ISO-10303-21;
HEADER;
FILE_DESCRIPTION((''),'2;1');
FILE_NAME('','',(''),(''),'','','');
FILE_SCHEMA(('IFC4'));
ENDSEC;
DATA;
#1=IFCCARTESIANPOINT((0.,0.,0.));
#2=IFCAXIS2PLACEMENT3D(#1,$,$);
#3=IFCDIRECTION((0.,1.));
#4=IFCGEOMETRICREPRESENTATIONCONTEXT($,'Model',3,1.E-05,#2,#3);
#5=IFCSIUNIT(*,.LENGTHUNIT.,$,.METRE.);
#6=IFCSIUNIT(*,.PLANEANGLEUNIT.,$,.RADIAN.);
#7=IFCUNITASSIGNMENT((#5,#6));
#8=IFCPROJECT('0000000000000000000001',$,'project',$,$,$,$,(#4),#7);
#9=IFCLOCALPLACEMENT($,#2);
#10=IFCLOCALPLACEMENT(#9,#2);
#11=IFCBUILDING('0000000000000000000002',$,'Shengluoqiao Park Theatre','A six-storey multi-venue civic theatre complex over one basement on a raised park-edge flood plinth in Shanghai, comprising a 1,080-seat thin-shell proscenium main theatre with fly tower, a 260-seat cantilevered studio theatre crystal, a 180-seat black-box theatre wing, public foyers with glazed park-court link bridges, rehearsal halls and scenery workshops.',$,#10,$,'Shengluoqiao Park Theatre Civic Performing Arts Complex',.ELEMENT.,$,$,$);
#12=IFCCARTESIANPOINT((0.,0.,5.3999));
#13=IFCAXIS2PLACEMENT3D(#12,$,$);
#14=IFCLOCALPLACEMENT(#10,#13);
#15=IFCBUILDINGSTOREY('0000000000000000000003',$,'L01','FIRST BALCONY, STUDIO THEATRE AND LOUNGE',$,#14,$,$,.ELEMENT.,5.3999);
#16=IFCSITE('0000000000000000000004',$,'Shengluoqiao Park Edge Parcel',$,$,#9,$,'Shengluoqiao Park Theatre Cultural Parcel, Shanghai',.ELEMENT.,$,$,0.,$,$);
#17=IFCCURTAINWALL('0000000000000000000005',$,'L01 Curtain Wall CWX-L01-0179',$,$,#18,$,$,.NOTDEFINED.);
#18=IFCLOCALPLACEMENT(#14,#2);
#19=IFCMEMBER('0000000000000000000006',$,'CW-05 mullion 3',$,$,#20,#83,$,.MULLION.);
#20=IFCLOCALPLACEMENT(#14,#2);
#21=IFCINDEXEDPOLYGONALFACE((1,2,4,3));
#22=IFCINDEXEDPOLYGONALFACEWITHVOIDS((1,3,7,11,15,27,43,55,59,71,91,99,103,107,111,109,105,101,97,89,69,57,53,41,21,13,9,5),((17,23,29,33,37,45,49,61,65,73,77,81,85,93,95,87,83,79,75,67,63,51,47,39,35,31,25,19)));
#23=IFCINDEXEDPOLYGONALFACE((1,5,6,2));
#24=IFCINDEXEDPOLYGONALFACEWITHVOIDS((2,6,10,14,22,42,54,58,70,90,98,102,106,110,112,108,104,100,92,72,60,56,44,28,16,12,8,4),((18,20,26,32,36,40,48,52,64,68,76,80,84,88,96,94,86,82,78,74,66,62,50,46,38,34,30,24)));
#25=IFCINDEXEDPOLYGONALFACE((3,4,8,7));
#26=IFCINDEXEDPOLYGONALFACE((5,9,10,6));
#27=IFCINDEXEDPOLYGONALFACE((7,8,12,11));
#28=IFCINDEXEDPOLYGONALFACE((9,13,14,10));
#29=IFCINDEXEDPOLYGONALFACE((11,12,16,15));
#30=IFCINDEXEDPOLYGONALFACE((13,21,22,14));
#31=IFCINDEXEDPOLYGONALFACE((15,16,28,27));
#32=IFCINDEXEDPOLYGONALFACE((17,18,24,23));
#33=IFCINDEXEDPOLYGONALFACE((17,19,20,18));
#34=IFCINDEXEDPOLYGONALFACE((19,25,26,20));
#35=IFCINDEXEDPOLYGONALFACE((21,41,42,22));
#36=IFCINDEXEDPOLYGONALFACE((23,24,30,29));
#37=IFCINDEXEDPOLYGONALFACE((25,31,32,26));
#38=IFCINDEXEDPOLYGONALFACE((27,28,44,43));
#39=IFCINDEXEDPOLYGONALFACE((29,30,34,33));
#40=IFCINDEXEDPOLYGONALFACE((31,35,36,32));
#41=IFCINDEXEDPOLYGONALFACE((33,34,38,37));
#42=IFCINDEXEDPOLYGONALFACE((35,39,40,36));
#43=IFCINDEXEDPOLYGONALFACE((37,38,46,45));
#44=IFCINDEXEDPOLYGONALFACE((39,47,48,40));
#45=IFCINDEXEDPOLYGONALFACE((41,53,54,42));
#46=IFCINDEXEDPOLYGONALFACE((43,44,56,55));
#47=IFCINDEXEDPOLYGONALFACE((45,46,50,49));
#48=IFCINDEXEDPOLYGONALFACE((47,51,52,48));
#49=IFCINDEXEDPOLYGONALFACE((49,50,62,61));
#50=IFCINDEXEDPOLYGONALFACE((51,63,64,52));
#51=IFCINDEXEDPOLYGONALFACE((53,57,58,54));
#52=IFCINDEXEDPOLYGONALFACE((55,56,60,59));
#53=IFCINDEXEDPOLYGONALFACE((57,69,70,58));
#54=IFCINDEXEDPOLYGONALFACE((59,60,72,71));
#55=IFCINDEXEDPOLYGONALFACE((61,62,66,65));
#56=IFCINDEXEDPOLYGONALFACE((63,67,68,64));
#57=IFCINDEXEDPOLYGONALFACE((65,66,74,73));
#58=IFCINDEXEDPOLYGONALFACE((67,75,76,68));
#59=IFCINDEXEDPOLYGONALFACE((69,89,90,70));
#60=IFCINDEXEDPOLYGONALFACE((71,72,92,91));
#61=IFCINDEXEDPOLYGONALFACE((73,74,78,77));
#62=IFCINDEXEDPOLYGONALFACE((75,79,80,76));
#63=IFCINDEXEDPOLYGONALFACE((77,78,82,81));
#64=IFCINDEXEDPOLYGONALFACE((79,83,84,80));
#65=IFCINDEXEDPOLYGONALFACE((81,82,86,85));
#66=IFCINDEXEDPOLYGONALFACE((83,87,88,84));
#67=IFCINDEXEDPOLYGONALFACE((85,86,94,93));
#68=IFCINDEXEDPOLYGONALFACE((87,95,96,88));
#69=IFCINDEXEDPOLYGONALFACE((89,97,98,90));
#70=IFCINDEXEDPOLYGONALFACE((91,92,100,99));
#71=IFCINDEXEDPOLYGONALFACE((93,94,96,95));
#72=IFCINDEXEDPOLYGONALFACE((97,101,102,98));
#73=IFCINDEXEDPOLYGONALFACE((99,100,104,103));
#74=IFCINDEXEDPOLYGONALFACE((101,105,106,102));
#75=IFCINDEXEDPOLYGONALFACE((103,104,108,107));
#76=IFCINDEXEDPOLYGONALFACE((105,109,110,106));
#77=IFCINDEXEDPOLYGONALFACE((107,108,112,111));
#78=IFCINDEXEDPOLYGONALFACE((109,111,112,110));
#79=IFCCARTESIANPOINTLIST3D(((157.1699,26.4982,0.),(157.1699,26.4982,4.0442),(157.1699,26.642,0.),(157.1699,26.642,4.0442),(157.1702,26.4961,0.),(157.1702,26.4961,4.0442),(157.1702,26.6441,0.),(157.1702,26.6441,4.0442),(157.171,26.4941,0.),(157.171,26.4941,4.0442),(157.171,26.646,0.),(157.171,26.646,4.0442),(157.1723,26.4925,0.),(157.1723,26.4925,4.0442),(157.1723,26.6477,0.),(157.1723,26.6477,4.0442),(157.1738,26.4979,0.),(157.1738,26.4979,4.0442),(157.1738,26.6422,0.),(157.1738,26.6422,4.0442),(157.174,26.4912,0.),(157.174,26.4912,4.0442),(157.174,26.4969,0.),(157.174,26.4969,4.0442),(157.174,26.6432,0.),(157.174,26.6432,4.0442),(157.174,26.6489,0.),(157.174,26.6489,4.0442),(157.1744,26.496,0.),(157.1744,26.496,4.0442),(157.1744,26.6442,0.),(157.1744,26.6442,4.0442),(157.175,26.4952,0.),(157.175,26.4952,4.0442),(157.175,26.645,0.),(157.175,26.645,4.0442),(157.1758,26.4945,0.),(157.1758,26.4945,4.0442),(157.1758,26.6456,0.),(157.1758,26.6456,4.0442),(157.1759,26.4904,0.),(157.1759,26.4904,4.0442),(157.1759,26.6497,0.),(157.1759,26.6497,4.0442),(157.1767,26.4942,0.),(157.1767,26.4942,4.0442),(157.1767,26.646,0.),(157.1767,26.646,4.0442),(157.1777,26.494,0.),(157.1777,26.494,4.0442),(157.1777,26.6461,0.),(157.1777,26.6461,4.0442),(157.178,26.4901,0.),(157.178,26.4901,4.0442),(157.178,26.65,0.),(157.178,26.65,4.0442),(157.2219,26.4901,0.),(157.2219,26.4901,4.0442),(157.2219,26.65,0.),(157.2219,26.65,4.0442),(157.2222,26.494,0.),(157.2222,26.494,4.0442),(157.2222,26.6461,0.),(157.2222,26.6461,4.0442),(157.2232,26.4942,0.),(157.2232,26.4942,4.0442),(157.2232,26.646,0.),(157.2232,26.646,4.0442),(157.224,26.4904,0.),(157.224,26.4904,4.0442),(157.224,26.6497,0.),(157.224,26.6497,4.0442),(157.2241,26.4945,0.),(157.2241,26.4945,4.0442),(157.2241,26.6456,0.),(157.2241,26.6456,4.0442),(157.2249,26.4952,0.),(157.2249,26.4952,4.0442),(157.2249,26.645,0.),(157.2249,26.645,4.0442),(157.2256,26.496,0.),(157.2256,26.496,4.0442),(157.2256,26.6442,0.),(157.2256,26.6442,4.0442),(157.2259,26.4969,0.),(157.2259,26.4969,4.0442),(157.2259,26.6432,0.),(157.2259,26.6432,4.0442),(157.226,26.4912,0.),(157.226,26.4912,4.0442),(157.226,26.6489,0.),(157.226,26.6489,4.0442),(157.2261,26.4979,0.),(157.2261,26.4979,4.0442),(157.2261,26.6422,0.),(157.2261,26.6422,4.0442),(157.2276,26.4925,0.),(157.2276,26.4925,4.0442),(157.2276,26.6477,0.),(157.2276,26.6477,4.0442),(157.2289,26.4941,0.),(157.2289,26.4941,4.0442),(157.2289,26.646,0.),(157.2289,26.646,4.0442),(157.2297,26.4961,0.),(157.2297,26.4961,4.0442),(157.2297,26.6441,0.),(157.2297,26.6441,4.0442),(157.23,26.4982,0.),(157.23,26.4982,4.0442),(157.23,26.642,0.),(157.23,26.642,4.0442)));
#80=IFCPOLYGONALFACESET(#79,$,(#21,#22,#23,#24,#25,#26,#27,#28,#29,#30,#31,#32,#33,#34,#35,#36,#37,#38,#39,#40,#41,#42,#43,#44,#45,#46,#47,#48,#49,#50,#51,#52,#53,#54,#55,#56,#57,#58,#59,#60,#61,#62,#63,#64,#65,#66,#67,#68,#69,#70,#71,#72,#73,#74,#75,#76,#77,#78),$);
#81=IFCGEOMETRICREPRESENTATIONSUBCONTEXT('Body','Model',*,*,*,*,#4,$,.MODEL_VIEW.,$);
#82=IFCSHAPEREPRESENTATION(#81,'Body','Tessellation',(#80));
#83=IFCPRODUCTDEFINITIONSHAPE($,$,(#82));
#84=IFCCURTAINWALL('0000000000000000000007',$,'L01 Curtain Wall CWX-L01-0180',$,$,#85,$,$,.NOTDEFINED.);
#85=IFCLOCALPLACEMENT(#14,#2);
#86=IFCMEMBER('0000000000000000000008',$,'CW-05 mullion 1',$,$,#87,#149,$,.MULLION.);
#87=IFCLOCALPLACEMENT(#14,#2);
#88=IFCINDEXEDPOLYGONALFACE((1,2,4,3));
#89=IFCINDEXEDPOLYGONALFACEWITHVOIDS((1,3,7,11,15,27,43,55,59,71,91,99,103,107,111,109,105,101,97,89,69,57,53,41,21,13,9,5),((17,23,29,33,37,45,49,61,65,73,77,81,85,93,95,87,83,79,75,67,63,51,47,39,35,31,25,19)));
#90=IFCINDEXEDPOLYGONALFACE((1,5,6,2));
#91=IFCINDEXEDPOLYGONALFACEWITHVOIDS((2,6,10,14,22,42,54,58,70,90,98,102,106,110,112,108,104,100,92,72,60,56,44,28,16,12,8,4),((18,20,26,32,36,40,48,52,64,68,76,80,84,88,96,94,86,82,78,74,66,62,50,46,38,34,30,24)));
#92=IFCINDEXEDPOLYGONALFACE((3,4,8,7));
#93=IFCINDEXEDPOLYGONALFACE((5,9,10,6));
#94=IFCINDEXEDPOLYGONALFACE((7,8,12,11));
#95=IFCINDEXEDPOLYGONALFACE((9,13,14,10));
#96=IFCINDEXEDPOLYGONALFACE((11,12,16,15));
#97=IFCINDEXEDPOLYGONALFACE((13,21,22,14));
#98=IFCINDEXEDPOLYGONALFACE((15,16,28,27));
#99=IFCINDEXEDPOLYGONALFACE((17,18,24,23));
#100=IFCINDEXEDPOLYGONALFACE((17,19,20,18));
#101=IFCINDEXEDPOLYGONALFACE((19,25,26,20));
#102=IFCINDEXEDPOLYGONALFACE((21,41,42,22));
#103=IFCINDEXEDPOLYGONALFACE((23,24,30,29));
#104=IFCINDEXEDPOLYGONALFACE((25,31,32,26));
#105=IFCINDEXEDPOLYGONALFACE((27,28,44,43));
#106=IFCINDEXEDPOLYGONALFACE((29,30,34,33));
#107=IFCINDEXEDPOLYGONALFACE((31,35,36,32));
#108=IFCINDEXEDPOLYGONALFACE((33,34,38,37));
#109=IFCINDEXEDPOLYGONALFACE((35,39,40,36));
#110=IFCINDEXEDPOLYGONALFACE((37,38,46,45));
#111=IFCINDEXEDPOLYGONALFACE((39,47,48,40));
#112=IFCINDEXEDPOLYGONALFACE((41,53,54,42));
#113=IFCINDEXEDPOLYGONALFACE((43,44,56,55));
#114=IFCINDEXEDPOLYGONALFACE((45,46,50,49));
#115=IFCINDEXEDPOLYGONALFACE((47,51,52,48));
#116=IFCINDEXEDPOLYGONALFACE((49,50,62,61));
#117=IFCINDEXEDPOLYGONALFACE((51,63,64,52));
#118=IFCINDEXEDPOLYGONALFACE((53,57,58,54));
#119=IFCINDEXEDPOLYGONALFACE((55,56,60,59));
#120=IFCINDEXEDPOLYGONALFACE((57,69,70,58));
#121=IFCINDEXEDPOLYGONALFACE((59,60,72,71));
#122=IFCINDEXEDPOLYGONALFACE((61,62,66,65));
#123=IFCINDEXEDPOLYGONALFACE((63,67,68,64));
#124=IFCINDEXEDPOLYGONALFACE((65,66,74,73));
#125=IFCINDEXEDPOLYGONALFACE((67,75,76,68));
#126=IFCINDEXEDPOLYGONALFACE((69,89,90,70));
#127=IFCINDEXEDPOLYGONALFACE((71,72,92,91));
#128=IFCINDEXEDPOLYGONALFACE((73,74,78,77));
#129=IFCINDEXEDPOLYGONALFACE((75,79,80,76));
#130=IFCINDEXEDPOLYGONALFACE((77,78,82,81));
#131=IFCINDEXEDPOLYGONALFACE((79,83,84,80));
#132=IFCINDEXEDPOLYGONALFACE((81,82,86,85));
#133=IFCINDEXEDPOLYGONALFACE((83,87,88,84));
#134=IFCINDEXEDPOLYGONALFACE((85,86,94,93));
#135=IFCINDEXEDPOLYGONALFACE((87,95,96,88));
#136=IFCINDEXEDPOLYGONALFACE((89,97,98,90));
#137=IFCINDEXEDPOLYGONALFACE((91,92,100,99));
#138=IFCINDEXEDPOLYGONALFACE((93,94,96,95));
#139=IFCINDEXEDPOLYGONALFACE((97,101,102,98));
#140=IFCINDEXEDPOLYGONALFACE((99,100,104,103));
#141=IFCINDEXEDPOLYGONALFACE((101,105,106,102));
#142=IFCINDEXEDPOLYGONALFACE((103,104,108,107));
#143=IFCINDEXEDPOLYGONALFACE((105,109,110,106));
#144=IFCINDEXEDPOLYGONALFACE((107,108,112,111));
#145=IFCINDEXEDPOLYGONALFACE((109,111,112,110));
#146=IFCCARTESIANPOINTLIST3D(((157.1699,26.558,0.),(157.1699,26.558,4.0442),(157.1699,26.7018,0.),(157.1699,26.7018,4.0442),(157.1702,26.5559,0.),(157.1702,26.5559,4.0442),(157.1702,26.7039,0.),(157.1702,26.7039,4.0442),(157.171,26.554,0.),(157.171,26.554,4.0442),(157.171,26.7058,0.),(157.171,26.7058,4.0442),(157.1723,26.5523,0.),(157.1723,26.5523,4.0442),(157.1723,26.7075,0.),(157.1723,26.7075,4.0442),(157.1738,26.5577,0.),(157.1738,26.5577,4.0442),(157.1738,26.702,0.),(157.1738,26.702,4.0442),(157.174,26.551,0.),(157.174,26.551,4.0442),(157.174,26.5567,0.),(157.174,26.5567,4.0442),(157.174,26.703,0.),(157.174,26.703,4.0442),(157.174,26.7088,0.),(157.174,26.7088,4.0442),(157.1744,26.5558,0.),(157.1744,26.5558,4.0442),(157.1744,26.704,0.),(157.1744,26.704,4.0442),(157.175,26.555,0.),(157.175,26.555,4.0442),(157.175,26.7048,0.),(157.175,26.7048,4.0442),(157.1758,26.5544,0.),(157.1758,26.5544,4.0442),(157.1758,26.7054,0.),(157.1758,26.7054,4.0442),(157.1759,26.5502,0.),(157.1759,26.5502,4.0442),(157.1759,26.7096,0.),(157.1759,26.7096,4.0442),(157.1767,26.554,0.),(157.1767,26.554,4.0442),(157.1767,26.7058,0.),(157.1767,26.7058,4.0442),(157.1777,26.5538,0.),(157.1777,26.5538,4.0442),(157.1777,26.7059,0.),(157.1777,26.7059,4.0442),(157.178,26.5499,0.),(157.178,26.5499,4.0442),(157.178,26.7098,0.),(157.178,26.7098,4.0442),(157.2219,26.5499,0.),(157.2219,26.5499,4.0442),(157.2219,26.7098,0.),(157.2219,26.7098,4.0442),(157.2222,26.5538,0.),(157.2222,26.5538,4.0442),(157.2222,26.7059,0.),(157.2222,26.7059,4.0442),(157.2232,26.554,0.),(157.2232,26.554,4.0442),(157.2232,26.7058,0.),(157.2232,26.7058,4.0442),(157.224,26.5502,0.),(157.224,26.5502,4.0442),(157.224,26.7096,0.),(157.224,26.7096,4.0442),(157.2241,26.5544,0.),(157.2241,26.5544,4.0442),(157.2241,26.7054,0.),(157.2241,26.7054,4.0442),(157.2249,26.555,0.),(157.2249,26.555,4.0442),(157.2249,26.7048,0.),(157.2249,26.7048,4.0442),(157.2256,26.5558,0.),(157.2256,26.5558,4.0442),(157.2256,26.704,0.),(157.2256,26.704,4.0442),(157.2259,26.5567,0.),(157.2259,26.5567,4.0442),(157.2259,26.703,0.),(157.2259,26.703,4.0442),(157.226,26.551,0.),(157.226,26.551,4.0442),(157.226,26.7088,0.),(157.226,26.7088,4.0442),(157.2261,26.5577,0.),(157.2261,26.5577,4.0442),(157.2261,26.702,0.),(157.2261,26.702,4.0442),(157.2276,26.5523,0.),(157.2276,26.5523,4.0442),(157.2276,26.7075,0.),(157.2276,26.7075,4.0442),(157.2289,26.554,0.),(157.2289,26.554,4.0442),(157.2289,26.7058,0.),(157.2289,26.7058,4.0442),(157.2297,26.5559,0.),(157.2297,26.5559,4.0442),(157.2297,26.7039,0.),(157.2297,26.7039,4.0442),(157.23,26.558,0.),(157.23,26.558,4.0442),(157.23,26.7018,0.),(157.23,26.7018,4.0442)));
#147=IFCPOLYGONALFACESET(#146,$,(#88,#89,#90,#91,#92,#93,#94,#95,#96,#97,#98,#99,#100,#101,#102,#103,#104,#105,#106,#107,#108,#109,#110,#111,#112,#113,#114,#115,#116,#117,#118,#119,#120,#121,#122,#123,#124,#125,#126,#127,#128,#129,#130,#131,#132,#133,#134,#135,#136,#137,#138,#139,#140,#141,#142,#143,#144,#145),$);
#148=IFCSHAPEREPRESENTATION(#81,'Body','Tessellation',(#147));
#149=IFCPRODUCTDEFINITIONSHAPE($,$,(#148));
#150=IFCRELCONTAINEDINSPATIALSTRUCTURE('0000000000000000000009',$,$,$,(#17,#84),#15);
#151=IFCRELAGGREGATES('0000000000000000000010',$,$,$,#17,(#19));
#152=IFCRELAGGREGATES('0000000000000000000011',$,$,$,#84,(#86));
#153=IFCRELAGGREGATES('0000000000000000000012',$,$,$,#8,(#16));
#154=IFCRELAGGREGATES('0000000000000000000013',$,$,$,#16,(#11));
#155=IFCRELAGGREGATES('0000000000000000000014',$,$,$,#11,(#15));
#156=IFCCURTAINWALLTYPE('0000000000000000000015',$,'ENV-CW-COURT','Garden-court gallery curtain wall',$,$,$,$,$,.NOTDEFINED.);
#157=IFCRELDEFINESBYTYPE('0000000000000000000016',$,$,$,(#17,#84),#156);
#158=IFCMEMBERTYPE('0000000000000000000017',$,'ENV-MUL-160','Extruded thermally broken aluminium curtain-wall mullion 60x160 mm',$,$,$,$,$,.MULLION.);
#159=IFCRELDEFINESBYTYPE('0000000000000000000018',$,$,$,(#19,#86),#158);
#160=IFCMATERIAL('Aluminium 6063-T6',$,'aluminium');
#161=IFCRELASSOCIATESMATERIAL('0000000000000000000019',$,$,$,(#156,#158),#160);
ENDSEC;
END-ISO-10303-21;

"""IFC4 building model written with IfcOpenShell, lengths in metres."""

from ifc_helpers import new_model, si_unit, direction, frame, origin, origin_2d, place, context, subcontext, project, spatial, hollow_rectangle, extrude, material, material_profile, profile_set, type_object, element, aggregate, save


model = new_model("IFC4")

# Units and contexts
model_context = context("Model", 3, precision=1e-05, world=origin(), true_north=direction((0.0, 1.0)))
body_context = subcontext(model_context, "Body", "Model", "MODEL_VIEW")
ifc_project = project(units=[si_unit("LENGTHUNIT", "METRE"), si_unit("PLANEANGLEUNIT", "RADIAN")], contexts=[model_context])

# Site, building, storey
site_placement = place(None, origin())
site = spatial("IfcSite", under=ifc_project, at=site_placement, Name="Shengluoqiao Park Edge Parcel", LongName="Shengluoqiao Park Theatre Cultural Parcel, Shanghai", CompositionType="ELEMENT", RefElevation=0.0)
building_placement = place(site_placement, origin())
building = spatial("IfcBuilding", under=site, at=building_placement, Name="Shengluoqiao Park Theatre", Description="A six-storey multi-venue civic theatre complex over one basement on a raised park-edge flood plinth in Shanghai, comprising a 1,080-seat thin-shell proscenium main theatre with fly tower, a 260-seat cantilevered studio theatre crystal, a 180-seat black-box theatre wing, public foyers with glazed park-court link bridges, rehearsal halls and scenery workshops.", LongName="Shengluoqiao Park Theatre Civic Performing Arts Complex", CompositionType="ELEMENT")
storey_placement = place(building_placement, frame((0.0, 0.0, 5.3999)))
storey = spatial("IfcBuildingStorey", under=building, at=storey_placement, Name="L01", Description="FIRST BALCONY, STUDIO THEATRE AND LOUNGE", CompositionType="ELEMENT", Elevation=5.3999)

# Curtain walls, members
ifc_material_1 = material(Name="Aluminium 6063-T6", Category="aluminium")
curtain_wall_type = type_object("IfcCurtainWallType", Name="ENV-CW-COURT", Description="Garden-court gallery curtain wall", PredefinedType="NOTDEFINED", material=ifc_material_1)
curtain_wall_1_placement = place(storey_placement, origin())
curtain_wall_1 = element("IfcCurtainWall", 1, at=curtain_wall_1_placement, inside=storey, type_object=curtain_wall_type, Name="L01 Curtain Wall CWX-L01-0179", PredefinedType="NOTDEFINED")
ifc_material_profile_1 = material_profile(ifc_material_1, hollow_rectangle(XDim=0.0601, YDim=0.1599, WallThickness=0.0039, InnerFilletRadius=0.0039, OuterFilletRadius=0.0081, at=origin_2d()), Name="ALU MULLION 160x60x4")
ifc_profile_set_1 = profile_set([ifc_material_profile_1], Name="Aluminium 6063-T6")
member_type_1 = type_object("IfcMemberType", Name="ENV-MUL-160", Description="Extruded thermally broken aluminium curtain-wall mullion 60x160 mm", PredefinedType="MULLION", material=ifc_profile_set_1)
member_1_placement = place(storey_placement, frame((157.2, 26.5701, 0.0), z_axis=(0.0, 0.0, 1.0), x_axis=(-1.0, 0.0, 0.0)))
member_1 = element("IfcMember", 2, at=member_1_placement, type_object=member_type_1, Name="CW-05 mullion 3", PredefinedType="MULLION", context=body_context, shape_type="SweptSolid", body=[
    extrude(hollow_rectangle(XDim=0.0601, YDim=0.1599, WallThickness=0.0039, InnerFilletRadius=0.0039, OuterFilletRadius=0.0081, at=origin_2d()), origin(), (0.0, 0.0, 1.0), 4.0442),
])
curtain_wall_2_placement = place(storey_placement, origin())
curtain_wall_2 = element("IfcCurtainWall", 3, at=curtain_wall_2_placement, inside=storey, type_object=curtain_wall_type, Name="L01 Curtain Wall CWX-L01-0180", PredefinedType="NOTDEFINED")
member_2_placement = place(storey_placement, frame((157.2, 26.6299, 0.0), z_axis=(0.0, 0.0, 1.0), x_axis=(-1.0, 0.0, 0.0)))
member_2 = element("IfcMember", 4, at=member_2_placement, type_object=member_type_1, Name="CW-05 mullion 1", PredefinedType="MULLION", context=body_context, shape_type="SweptSolid", body=[
    extrude(hollow_rectangle(XDim=0.0601, YDim=0.1599, WallThickness=0.0039, InnerFilletRadius=0.0039, OuterFilletRadius=0.0081, at=origin_2d()), origin(), (0.0, 0.0, 1.0), 4.0442),
])

aggregate(curtain_wall_1, [member_1])
aggregate(curtain_wall_2, [member_2])

save(model, "model.ifc")
